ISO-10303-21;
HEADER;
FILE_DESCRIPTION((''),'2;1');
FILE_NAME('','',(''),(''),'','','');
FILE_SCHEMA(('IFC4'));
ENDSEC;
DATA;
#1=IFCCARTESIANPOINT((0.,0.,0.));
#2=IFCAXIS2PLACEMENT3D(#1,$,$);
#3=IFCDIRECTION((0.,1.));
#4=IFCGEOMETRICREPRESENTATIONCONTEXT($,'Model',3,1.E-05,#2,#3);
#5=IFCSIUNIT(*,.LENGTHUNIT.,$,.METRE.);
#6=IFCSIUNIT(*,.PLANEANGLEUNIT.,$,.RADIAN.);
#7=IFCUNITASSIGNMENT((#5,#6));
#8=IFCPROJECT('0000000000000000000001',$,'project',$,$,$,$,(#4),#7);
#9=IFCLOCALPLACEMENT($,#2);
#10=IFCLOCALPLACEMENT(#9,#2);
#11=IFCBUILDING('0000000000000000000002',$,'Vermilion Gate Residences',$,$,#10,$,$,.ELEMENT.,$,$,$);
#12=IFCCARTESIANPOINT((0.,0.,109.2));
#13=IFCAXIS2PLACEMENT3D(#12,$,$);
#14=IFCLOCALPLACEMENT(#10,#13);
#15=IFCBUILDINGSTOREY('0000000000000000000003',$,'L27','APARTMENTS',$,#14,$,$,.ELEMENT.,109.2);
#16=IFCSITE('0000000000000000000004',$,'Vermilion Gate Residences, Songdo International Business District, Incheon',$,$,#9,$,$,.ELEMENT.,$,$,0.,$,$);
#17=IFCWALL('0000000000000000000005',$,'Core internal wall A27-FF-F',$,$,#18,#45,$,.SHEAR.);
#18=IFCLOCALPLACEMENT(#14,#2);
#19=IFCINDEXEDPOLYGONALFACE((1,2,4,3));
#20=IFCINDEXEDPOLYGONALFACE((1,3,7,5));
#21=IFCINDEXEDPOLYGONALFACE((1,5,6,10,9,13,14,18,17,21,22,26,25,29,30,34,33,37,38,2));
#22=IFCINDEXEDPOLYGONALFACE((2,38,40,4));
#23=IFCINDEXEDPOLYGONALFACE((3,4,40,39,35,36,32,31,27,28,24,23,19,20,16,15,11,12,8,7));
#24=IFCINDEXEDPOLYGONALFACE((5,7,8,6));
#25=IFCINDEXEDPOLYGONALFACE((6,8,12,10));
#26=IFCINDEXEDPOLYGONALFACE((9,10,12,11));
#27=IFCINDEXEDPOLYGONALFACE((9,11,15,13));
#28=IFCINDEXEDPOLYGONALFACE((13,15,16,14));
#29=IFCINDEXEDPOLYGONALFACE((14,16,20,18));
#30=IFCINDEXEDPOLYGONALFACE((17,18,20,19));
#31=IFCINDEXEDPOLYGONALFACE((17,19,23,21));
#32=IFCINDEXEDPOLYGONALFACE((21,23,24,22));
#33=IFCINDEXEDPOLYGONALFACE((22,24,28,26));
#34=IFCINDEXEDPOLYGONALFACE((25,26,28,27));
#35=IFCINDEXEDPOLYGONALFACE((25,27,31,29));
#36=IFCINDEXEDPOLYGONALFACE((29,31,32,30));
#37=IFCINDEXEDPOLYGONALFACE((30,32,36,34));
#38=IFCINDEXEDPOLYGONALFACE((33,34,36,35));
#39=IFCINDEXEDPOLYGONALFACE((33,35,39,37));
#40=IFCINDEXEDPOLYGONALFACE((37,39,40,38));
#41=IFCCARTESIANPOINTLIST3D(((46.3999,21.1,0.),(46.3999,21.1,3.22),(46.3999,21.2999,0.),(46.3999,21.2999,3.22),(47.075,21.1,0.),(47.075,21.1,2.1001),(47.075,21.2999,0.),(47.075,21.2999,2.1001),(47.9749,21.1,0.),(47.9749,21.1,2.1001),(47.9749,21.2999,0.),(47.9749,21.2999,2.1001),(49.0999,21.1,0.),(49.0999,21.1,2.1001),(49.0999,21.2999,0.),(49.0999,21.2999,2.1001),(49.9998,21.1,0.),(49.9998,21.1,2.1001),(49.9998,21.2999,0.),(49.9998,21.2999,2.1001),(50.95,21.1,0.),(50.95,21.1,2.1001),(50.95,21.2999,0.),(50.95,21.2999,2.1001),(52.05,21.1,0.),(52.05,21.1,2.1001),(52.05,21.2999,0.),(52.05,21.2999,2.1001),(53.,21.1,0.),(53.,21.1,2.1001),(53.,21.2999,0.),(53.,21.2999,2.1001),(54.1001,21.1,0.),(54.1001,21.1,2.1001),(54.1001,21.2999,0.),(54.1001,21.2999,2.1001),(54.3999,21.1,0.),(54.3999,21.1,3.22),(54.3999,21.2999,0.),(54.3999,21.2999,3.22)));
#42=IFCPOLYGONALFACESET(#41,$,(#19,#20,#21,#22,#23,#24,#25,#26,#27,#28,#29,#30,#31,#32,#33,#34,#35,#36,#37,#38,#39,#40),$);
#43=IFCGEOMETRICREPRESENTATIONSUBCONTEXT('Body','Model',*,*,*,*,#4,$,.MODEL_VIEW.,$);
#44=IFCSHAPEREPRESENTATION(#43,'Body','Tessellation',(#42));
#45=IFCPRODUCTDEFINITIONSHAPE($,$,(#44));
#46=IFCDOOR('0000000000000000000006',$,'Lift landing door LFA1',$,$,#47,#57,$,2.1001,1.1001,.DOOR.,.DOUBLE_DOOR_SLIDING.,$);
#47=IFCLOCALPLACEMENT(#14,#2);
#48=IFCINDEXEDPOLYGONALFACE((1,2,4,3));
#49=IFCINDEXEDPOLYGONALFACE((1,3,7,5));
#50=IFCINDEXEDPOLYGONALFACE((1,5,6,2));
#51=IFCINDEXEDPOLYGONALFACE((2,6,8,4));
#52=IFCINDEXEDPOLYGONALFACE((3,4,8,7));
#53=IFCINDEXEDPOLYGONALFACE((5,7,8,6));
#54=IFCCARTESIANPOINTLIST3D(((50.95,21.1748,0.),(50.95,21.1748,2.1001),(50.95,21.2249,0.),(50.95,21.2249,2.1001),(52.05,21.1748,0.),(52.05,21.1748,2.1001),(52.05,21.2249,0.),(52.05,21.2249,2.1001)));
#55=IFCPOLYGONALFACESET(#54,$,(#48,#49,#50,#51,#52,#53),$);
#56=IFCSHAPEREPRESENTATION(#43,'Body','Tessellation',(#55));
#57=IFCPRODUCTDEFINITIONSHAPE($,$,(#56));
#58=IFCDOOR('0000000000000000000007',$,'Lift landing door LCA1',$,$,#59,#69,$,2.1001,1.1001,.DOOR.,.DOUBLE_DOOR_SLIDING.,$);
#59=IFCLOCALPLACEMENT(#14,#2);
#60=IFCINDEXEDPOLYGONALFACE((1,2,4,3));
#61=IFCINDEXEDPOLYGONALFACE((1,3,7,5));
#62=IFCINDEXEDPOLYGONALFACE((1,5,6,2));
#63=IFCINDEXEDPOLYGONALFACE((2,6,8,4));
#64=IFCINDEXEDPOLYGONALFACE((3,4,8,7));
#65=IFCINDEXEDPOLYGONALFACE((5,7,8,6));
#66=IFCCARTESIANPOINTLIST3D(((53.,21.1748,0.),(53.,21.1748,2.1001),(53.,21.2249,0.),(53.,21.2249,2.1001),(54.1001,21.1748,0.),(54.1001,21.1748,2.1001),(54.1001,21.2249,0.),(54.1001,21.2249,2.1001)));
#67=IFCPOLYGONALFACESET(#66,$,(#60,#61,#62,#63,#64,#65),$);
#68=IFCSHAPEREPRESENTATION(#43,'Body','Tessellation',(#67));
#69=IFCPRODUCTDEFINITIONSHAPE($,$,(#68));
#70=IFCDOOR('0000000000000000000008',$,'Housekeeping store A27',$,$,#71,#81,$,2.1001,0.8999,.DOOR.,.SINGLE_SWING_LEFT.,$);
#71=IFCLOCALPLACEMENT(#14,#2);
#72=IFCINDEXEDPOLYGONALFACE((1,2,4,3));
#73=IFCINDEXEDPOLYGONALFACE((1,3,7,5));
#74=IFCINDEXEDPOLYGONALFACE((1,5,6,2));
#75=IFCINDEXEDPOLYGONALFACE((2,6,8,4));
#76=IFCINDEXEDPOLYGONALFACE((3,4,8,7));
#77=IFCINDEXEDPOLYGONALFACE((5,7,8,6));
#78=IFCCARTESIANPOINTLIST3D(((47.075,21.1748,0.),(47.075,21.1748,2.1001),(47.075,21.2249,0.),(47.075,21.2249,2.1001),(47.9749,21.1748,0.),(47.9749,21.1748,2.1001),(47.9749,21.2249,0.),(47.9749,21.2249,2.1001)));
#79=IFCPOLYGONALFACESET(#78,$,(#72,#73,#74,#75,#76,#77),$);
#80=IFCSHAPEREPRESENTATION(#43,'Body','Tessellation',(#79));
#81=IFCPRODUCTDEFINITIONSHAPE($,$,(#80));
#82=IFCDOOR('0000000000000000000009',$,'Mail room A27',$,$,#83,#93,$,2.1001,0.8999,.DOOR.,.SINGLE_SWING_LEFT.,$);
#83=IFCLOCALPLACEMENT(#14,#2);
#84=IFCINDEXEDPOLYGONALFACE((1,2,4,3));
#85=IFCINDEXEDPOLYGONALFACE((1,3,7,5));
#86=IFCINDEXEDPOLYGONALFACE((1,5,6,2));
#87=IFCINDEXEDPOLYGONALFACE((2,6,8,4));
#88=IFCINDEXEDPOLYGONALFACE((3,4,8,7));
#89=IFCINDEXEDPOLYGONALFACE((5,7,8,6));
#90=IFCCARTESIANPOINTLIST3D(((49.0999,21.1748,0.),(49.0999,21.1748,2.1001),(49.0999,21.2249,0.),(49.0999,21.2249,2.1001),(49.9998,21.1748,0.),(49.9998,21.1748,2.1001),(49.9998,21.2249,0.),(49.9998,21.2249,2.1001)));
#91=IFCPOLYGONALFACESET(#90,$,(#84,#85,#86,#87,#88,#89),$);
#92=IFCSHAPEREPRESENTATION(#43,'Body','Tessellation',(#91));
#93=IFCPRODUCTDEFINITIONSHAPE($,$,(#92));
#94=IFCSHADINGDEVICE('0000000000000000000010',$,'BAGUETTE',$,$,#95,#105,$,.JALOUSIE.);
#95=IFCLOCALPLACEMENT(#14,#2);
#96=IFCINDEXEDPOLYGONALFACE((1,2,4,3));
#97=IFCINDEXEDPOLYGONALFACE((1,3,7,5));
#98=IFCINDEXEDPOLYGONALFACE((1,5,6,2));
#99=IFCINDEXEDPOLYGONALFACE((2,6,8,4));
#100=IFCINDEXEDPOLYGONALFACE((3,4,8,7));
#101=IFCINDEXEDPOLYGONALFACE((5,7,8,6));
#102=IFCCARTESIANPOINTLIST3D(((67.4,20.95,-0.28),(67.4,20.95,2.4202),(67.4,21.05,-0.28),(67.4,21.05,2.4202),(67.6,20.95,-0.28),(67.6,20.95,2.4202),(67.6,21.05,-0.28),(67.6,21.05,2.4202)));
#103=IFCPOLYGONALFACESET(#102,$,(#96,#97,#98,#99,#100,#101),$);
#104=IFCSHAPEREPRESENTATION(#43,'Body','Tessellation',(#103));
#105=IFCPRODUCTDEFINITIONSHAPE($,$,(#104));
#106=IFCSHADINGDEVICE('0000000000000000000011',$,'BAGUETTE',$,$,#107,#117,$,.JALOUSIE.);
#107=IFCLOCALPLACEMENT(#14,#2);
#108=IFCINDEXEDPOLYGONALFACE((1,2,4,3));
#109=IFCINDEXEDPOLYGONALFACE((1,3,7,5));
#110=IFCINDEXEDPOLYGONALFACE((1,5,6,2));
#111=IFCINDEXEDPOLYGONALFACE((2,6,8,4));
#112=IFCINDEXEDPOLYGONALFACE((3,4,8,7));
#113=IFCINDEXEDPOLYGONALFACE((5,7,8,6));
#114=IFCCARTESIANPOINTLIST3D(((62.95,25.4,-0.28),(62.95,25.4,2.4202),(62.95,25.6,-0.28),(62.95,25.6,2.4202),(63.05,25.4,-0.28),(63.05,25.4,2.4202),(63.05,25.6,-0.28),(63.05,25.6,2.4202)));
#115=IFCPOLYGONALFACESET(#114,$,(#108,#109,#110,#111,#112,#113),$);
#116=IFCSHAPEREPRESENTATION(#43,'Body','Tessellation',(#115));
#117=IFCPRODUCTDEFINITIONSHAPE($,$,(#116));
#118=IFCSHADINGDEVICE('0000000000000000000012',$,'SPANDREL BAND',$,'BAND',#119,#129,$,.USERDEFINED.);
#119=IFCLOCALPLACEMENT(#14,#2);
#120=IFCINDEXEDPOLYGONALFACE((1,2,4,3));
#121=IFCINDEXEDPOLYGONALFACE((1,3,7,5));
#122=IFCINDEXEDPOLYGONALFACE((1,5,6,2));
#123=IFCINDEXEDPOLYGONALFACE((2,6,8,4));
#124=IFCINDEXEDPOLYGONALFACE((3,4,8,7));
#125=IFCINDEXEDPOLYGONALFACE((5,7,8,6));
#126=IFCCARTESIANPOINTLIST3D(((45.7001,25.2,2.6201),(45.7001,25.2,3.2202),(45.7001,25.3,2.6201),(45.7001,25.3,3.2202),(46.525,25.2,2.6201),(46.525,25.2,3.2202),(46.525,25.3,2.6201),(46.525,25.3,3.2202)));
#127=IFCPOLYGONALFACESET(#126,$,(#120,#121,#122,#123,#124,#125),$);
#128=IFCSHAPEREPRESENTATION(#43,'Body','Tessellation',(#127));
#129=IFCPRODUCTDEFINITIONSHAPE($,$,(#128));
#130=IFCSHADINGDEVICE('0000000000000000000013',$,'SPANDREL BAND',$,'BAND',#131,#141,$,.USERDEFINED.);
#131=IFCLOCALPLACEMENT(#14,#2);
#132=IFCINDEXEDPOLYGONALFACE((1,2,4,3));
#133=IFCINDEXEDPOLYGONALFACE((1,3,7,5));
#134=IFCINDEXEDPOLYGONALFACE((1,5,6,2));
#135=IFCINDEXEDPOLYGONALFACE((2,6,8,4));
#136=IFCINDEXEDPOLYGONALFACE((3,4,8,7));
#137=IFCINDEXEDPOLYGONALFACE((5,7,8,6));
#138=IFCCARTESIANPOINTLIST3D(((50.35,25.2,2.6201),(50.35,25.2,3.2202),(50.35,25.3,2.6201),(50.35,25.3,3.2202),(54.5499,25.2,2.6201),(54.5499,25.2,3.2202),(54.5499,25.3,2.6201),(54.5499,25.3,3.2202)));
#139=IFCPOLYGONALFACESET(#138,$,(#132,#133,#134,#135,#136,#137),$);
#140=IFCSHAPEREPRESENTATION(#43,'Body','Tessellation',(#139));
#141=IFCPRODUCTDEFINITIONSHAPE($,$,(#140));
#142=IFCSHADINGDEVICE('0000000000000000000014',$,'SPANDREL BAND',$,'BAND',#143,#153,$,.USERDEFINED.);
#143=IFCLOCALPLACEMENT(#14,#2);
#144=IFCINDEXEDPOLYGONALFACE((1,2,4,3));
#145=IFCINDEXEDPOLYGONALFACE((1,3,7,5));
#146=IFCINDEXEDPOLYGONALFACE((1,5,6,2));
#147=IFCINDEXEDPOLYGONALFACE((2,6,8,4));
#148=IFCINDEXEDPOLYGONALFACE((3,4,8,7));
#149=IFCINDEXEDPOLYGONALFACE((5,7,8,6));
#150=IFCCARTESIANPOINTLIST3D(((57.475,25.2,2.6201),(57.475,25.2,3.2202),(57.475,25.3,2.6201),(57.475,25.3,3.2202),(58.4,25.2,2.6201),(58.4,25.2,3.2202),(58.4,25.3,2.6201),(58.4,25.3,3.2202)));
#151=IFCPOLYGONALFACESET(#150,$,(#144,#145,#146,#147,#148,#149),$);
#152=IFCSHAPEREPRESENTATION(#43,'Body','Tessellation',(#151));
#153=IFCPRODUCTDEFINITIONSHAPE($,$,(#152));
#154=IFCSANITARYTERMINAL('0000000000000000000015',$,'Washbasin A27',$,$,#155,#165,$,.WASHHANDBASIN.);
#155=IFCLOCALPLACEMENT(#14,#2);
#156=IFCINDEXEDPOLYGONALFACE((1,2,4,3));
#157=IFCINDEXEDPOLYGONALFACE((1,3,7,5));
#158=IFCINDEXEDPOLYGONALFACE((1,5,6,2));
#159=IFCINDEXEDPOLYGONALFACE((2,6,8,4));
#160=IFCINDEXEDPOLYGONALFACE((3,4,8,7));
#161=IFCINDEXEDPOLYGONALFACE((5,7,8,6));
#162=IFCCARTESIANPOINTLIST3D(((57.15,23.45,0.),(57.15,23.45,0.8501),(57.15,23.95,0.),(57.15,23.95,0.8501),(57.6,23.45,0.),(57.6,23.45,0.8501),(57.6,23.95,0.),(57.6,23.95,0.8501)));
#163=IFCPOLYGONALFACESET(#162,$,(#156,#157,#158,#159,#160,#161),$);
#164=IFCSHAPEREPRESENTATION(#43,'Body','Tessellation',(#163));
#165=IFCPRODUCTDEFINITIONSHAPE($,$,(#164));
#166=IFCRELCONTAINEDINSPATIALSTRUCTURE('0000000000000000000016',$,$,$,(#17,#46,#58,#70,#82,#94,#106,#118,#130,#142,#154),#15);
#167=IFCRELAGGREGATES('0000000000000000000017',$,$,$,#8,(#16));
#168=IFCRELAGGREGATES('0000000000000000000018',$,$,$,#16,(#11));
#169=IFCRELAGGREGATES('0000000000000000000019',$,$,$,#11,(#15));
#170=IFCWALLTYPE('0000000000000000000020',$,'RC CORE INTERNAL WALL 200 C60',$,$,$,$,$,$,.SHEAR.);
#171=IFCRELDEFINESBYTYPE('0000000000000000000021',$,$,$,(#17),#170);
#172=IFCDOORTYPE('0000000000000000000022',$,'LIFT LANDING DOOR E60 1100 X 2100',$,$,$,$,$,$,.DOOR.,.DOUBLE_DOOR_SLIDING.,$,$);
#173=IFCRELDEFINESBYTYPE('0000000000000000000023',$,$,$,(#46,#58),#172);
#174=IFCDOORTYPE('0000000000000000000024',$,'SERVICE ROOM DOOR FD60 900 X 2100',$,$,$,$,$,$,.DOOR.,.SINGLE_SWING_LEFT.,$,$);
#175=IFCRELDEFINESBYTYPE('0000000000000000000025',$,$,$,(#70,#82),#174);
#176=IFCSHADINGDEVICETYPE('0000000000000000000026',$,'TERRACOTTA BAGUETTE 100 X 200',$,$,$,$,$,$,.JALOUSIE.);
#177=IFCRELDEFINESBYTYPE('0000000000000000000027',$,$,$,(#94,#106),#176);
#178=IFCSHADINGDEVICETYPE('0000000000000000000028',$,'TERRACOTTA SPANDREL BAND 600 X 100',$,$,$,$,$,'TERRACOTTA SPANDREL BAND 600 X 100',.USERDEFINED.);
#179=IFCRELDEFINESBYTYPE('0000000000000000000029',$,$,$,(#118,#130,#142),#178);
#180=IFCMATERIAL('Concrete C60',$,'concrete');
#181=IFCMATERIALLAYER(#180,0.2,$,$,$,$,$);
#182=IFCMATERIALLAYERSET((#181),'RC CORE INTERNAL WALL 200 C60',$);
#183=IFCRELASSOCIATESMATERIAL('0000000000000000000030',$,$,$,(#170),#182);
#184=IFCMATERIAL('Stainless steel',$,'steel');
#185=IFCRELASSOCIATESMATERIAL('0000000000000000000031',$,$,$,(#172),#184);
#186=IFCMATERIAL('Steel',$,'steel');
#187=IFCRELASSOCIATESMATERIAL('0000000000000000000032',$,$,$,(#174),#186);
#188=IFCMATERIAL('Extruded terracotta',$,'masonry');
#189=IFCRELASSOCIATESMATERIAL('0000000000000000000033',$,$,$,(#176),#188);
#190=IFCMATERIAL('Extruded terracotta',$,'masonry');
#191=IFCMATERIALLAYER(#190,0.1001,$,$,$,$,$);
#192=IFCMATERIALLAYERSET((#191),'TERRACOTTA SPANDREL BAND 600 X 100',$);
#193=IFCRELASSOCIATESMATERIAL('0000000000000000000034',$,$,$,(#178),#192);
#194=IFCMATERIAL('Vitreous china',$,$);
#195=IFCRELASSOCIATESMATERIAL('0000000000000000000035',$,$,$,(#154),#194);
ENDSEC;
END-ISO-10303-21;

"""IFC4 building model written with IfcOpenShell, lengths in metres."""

from ifc_helpers import new_model, si_unit, direction, frame, frame_2d, origin, origin_2d, place, context, subcontext, project, spatial, rectangle, extrude, material, layer, layer_set, material_profile, profile_set, type_object, element, fill, save


model = new_model("IFC4")

# Units and contexts
model_context = context("Model", 3, precision=1e-05, world=origin(), true_north=direction((0.0, 1.0)))
body_context = subcontext(model_context, "Body", "Model", "MODEL_VIEW")
ifc_project = project(units=[si_unit("LENGTHUNIT", "METRE"), si_unit("PLANEANGLEUNIT", "RADIAN")], contexts=[model_context])

# Site, building, storey
site_placement = place(None, origin())
site = spatial("IfcSite", under=ifc_project, at=site_placement, Name="Vermilion Gate Residences, Songdo International Business District, Incheon", CompositionType="ELEMENT", RefElevation=0.0)
building_placement = place(site_placement, origin())
building = spatial("IfcBuilding", under=site, at=building_placement, Name="Vermilion Gate Residences", CompositionType="ELEMENT")
storey_placement = place(building_placement, frame((0.0, 0.0, 109.2)))
storey = spatial("IfcBuildingStorey", under=building, at=storey_placement, Name="L27", Description="APARTMENTS", CompositionType="ELEMENT", Elevation=109.2)

# Shared definitions
ifc_material_1 = material(Name="Concrete C60", Category="concrete")
ifc_layer_1 = layer(ifc_material_1, 0.2)
ifc_layer_set_1 = layer_set([ifc_layer_1], Name="RC CORE INTERNAL WALL 200 C60")
wall_type_1 = type_object("IfcWallType", Name="RC CORE INTERNAL WALL 200 C60", PredefinedType="SHEAR", material=ifc_layer_set_1)

# Wall, openings, doors
wall_1_placement = place(storey_placement, frame((46.3999, 21.2, 0.0), z_axis=(0.0, 0.0, 1.0), x_axis=(1.0, 0.0, 0.0)))
wall_1 = element("IfcWall", 1, at=wall_1_placement, inside=storey, type_object=wall_type_1, Name="Core internal wall A27-FF-F", PredefinedType="SHEAR", context=body_context, shape_type="SweptSolid", body=[
    extrude(rectangle(XDim=8.0, YDim=0.2, at=frame_2d((4.0, 0.0))), origin(), (0.0, 0.0, 1.0), 3.22),
])
opening_1_placement = place(wall_1_placement, frame((0.675, 0.0, 0.0)))
opening_1 = element("IfcOpeningElement", 2, at=opening_1_placement, cuts=wall_1, PredefinedType="OPENING", context=body_context, shape_type="SweptSolid", body=[
    extrude(rectangle(XDim=0.8999, YDim=2.1001, at=frame_2d((0.45, 1.05))), frame((0.0, 0.1099, 0.0), z_axis=(0.0, -1.0, 0.0), x_axis=(1.0, 0.0, 0.0)), (0.0, 0.0, 1.0), 0.22),
])
opening_2_placement = place(wall_1_placement, frame((2.7, 0.0, 0.0)))
opening_2 = element("IfcOpeningElement", 3, at=opening_2_placement, cuts=wall_1, PredefinedType="OPENING", context=body_context, shape_type="SweptSolid", body=[
    extrude(rectangle(XDim=0.8999, YDim=2.1001, at=frame_2d((0.45, 1.05))), frame((0.0, 0.1099, 0.0), z_axis=(0.0, -1.0, 0.0), x_axis=(1.0, 0.0, 0.0)), (0.0, 0.0, 1.0), 0.22),
])
opening_3_placement = place(wall_1_placement, frame((4.55, 0.0, 0.0)))
opening_3 = element("IfcOpeningElement", 4, at=opening_3_placement, cuts=wall_1, PredefinedType="OPENING", context=body_context, shape_type="SweptSolid", body=[
    extrude(rectangle(XDim=1.1001, YDim=2.1001, at=frame_2d((0.55, 1.05))), frame((0.0, 0.1099, 0.0), z_axis=(0.0, -1.0, 0.0), x_axis=(1.0, 0.0, 0.0)), (0.0, 0.0, 1.0), 0.22),
])
opening_4_placement = place(wall_1_placement, frame((6.6001, 0.0, 0.0)))
opening_4 = element("IfcOpeningElement", 5, at=opening_4_placement, cuts=wall_1, PredefinedType="OPENING", context=body_context, shape_type="SweptSolid", body=[
    extrude(rectangle(XDim=1.1001, YDim=2.1001, at=frame_2d((0.55, 1.05))), frame((0.0, 0.1099, 0.0), z_axis=(0.0, -1.0, 0.0), x_axis=(1.0, 0.0, 0.0)), (0.0, 0.0, 1.0), 0.22),
])
ifc_material_2 = material(Name="Stainless steel", Category="steel")
door_type_1 = type_object("IfcDoorType", Name="LIFT LANDING DOOR E60 1100 X 2100", OperationType="DOUBLE_DOOR_SLIDING", PredefinedType="DOOR", material=ifc_material_2)
door_1_placement = place(opening_3_placement, origin())
door_1 = element("IfcDoor", 6, at=door_1_placement, inside=storey, type_object=door_type_1, Name="Lift landing door LFA1", OperationType="DOUBLE_DOOR_SLIDING", OverallHeight=2.1001, OverallWidth=1.1001, PredefinedType="DOOR", context=body_context, shape_type="SweptSolid", body=[
    extrude(rectangle(XDim=1.1001, YDim=2.1001, at=frame_2d((0.55, 1.05))), frame((0.0, 0.0249, 0.0), z_axis=(0.0, -1.0, 0.0), x_axis=(1.0, 0.0, 0.0)), (0.0, 0.0, 1.0), 0.05),
])
fill(opening_3, door_1)
door_2_placement = place(opening_4_placement, origin())
door_2 = element("IfcDoor", 7, at=door_2_placement, inside=storey, type_object=door_type_1, Name="Lift landing door LCA1", OperationType="DOUBLE_DOOR_SLIDING", OverallHeight=2.1001, OverallWidth=1.1001, PredefinedType="DOOR", context=body_context, shape_type="SweptSolid", body=[
    extrude(rectangle(XDim=1.1001, YDim=2.1001, at=frame_2d((0.55, 1.05))), frame((0.0, 0.0249, 0.0), z_axis=(0.0, -1.0, 0.0), x_axis=(1.0, 0.0, 0.0)), (0.0, 0.0, 1.0), 0.05),
])
fill(opening_4, door_2)
ifc_material_3 = material(Name="Steel", Category="steel")
door_type_2 = type_object("IfcDoorType", Name="SERVICE ROOM DOOR FD60 900 X 2100", OperationType="SINGLE_SWING_LEFT", PredefinedType="DOOR", material=ifc_material_3)
door_3_placement = place(opening_1_placement, origin())
door_3 = element("IfcDoor", 8, at=door_3_placement, inside=storey, type_object=door_type_2, Name="Housekeeping store A27", OperationType="SINGLE_SWING_LEFT", OverallHeight=2.1001, OverallWidth=0.8999, PredefinedType="DOOR", context=body_context, shape_type="SweptSolid", body=[
    extrude(rectangle(XDim=0.8999, YDim=2.1001, at=frame_2d((0.45, 1.05))), frame((0.0, 0.0249, 0.0), z_axis=(0.0, -1.0, 0.0), x_axis=(1.0, 0.0, 0.0)), (0.0, 0.0, 1.0), 0.05),
])
fill(opening_1, door_3)
door_4_placement = place(opening_2_placement, origin())
door_4 = element("IfcDoor", 9, at=door_4_placement, inside=storey, type_object=door_type_2, Name="Mail room A27", OperationType="SINGLE_SWING_LEFT", OverallHeight=2.1001, OverallWidth=0.8999, PredefinedType="DOOR", context=body_context, shape_type="SweptSolid", body=[
    extrude(rectangle(XDim=0.8999, YDim=2.1001, at=frame_2d((0.45, 1.05))), frame((0.0, 0.0249, 0.0), z_axis=(0.0, -1.0, 0.0), x_axis=(1.0, 0.0, 0.0)), (0.0, 0.0, 1.0), 0.05),
])
fill(opening_2, door_4)

# Shading devices
ifc_material_4 = material(Name="Extruded terracotta", Category="masonry")
ifc_material_profile_1 = material_profile(ifc_material_4, rectangle(XDim=0.2, YDim=0.1001, at=origin_2d()), Name="BAGUETTE 100 X 200")
ifc_profile_set_1 = profile_set([ifc_material_profile_1], Name="Extruded terracotta")
shading_device_type_1 = type_object("IfcShadingDeviceType", Name="TERRACOTTA BAGUETTE 100 X 200", PredefinedType="JALOUSIE", material=ifc_profile_set_1)
for number, where, z_axis, x_axis, name in (
    (10, (67.5, 21.0, -0.28), (0.0, 0.0, 1.0), (-1.0, 0.0, 0.0), "BAGUETTE"),
    (11, (63.0, 25.5, -0.28), (0.0, 0.0, 1.0), (0.0, -1.0, 0.0), "BAGUETTE"),
):
    element("IfcShadingDevice", number, at=place(storey_placement, frame(where, z_axis=z_axis, x_axis=x_axis)), inside=storey, type_object=shading_device_type_1, Name=name, PredefinedType="JALOUSIE", context=body_context, shape_type="SweptSolid", body=[
        extrude(rectangle(XDim=0.2, YDim=0.1001, at=origin_2d()), origin(), (0.0, 0.0, 1.0), 2.7002),
    ])
ifc_material_5 = material(Name="Extruded terracotta", Category="masonry")
ifc_layer_2 = layer(ifc_material_5, 0.1001)
ifc_layer_set_2 = layer_set([ifc_layer_2], Name="TERRACOTTA SPANDREL BAND 600 X 100")
shading_device_type_2 = type_object("IfcShadingDeviceType", Name="TERRACOTTA SPANDREL BAND 600 X 100", ElementType="TERRACOTTA SPANDREL BAND 600 X 100", PredefinedType="USERDEFINED", material=ifc_layer_set_2)
shading_device_1_placement = place(storey_placement, frame((46.1125, 25.25, 2.6201), z_axis=(0.0, 0.0, 1.0), x_axis=(1.0, 0.0, 0.0)))
element("IfcShadingDevice", 12, at=shading_device_1_placement, inside=storey, type_object=shading_device_type_2, Name="SPANDREL BAND", ObjectType="BAND", PredefinedType="USERDEFINED", context=body_context, shape_type="SweptSolid", body=[
    extrude(rectangle(XDim=0.825, YDim=0.1001, at=origin_2d()), origin(), (0.0, 0.0, 1.0), 0.6001),
])
shading_device_2_placement = place(storey_placement, frame((52.45, 25.25, 2.6201), z_axis=(0.0, 0.0, 1.0), x_axis=(1.0, 0.0, 0.0)))
element("IfcShadingDevice", 13, at=shading_device_2_placement, inside=storey, type_object=shading_device_type_2, Name="SPANDREL BAND", ObjectType="BAND", PredefinedType="USERDEFINED", context=body_context, shape_type="SweptSolid", body=[
    extrude(rectangle(XDim=4.2, YDim=0.1001, at=origin_2d()), origin(), (0.0, 0.0, 1.0), 0.6001),
])
shading_device_3_placement = place(storey_placement, frame((57.9375, 25.25, 2.6201), z_axis=(0.0, 0.0, 1.0), x_axis=(1.0, 0.0, 0.0)))
element("IfcShadingDevice", 14, at=shading_device_3_placement, inside=storey, type_object=shading_device_type_2, Name="SPANDREL BAND", ObjectType="BAND", PredefinedType="USERDEFINED", context=body_context, shape_type="SweptSolid", body=[
    extrude(rectangle(XDim=0.925, YDim=0.1001, at=origin_2d()), origin(), (0.0, 0.0, 1.0), 0.6001),
])

# Sanitary terminal
ifc_material_6 = material(Name="Vitreous china")
sanitary_terminal_placement = place(storey_placement, frame((57.375, 23.7, 0.0), z_axis=(0.0, 0.0, 1.0), x_axis=(1.0, 0.0, 0.0)))
element("IfcSanitaryTerminal", 15, at=sanitary_terminal_placement, inside=storey, material=ifc_material_6, Name="Washbasin A27", PredefinedType="WASHHANDBASIN", context=body_context, shape_type="SweptSolid", body=[
    extrude(rectangle(XDim=0.45, YDim=0.5, at=origin_2d()), origin(), (0.0, 0.0, 1.0), 0.8501),
])

save(model, "model.ifc")
